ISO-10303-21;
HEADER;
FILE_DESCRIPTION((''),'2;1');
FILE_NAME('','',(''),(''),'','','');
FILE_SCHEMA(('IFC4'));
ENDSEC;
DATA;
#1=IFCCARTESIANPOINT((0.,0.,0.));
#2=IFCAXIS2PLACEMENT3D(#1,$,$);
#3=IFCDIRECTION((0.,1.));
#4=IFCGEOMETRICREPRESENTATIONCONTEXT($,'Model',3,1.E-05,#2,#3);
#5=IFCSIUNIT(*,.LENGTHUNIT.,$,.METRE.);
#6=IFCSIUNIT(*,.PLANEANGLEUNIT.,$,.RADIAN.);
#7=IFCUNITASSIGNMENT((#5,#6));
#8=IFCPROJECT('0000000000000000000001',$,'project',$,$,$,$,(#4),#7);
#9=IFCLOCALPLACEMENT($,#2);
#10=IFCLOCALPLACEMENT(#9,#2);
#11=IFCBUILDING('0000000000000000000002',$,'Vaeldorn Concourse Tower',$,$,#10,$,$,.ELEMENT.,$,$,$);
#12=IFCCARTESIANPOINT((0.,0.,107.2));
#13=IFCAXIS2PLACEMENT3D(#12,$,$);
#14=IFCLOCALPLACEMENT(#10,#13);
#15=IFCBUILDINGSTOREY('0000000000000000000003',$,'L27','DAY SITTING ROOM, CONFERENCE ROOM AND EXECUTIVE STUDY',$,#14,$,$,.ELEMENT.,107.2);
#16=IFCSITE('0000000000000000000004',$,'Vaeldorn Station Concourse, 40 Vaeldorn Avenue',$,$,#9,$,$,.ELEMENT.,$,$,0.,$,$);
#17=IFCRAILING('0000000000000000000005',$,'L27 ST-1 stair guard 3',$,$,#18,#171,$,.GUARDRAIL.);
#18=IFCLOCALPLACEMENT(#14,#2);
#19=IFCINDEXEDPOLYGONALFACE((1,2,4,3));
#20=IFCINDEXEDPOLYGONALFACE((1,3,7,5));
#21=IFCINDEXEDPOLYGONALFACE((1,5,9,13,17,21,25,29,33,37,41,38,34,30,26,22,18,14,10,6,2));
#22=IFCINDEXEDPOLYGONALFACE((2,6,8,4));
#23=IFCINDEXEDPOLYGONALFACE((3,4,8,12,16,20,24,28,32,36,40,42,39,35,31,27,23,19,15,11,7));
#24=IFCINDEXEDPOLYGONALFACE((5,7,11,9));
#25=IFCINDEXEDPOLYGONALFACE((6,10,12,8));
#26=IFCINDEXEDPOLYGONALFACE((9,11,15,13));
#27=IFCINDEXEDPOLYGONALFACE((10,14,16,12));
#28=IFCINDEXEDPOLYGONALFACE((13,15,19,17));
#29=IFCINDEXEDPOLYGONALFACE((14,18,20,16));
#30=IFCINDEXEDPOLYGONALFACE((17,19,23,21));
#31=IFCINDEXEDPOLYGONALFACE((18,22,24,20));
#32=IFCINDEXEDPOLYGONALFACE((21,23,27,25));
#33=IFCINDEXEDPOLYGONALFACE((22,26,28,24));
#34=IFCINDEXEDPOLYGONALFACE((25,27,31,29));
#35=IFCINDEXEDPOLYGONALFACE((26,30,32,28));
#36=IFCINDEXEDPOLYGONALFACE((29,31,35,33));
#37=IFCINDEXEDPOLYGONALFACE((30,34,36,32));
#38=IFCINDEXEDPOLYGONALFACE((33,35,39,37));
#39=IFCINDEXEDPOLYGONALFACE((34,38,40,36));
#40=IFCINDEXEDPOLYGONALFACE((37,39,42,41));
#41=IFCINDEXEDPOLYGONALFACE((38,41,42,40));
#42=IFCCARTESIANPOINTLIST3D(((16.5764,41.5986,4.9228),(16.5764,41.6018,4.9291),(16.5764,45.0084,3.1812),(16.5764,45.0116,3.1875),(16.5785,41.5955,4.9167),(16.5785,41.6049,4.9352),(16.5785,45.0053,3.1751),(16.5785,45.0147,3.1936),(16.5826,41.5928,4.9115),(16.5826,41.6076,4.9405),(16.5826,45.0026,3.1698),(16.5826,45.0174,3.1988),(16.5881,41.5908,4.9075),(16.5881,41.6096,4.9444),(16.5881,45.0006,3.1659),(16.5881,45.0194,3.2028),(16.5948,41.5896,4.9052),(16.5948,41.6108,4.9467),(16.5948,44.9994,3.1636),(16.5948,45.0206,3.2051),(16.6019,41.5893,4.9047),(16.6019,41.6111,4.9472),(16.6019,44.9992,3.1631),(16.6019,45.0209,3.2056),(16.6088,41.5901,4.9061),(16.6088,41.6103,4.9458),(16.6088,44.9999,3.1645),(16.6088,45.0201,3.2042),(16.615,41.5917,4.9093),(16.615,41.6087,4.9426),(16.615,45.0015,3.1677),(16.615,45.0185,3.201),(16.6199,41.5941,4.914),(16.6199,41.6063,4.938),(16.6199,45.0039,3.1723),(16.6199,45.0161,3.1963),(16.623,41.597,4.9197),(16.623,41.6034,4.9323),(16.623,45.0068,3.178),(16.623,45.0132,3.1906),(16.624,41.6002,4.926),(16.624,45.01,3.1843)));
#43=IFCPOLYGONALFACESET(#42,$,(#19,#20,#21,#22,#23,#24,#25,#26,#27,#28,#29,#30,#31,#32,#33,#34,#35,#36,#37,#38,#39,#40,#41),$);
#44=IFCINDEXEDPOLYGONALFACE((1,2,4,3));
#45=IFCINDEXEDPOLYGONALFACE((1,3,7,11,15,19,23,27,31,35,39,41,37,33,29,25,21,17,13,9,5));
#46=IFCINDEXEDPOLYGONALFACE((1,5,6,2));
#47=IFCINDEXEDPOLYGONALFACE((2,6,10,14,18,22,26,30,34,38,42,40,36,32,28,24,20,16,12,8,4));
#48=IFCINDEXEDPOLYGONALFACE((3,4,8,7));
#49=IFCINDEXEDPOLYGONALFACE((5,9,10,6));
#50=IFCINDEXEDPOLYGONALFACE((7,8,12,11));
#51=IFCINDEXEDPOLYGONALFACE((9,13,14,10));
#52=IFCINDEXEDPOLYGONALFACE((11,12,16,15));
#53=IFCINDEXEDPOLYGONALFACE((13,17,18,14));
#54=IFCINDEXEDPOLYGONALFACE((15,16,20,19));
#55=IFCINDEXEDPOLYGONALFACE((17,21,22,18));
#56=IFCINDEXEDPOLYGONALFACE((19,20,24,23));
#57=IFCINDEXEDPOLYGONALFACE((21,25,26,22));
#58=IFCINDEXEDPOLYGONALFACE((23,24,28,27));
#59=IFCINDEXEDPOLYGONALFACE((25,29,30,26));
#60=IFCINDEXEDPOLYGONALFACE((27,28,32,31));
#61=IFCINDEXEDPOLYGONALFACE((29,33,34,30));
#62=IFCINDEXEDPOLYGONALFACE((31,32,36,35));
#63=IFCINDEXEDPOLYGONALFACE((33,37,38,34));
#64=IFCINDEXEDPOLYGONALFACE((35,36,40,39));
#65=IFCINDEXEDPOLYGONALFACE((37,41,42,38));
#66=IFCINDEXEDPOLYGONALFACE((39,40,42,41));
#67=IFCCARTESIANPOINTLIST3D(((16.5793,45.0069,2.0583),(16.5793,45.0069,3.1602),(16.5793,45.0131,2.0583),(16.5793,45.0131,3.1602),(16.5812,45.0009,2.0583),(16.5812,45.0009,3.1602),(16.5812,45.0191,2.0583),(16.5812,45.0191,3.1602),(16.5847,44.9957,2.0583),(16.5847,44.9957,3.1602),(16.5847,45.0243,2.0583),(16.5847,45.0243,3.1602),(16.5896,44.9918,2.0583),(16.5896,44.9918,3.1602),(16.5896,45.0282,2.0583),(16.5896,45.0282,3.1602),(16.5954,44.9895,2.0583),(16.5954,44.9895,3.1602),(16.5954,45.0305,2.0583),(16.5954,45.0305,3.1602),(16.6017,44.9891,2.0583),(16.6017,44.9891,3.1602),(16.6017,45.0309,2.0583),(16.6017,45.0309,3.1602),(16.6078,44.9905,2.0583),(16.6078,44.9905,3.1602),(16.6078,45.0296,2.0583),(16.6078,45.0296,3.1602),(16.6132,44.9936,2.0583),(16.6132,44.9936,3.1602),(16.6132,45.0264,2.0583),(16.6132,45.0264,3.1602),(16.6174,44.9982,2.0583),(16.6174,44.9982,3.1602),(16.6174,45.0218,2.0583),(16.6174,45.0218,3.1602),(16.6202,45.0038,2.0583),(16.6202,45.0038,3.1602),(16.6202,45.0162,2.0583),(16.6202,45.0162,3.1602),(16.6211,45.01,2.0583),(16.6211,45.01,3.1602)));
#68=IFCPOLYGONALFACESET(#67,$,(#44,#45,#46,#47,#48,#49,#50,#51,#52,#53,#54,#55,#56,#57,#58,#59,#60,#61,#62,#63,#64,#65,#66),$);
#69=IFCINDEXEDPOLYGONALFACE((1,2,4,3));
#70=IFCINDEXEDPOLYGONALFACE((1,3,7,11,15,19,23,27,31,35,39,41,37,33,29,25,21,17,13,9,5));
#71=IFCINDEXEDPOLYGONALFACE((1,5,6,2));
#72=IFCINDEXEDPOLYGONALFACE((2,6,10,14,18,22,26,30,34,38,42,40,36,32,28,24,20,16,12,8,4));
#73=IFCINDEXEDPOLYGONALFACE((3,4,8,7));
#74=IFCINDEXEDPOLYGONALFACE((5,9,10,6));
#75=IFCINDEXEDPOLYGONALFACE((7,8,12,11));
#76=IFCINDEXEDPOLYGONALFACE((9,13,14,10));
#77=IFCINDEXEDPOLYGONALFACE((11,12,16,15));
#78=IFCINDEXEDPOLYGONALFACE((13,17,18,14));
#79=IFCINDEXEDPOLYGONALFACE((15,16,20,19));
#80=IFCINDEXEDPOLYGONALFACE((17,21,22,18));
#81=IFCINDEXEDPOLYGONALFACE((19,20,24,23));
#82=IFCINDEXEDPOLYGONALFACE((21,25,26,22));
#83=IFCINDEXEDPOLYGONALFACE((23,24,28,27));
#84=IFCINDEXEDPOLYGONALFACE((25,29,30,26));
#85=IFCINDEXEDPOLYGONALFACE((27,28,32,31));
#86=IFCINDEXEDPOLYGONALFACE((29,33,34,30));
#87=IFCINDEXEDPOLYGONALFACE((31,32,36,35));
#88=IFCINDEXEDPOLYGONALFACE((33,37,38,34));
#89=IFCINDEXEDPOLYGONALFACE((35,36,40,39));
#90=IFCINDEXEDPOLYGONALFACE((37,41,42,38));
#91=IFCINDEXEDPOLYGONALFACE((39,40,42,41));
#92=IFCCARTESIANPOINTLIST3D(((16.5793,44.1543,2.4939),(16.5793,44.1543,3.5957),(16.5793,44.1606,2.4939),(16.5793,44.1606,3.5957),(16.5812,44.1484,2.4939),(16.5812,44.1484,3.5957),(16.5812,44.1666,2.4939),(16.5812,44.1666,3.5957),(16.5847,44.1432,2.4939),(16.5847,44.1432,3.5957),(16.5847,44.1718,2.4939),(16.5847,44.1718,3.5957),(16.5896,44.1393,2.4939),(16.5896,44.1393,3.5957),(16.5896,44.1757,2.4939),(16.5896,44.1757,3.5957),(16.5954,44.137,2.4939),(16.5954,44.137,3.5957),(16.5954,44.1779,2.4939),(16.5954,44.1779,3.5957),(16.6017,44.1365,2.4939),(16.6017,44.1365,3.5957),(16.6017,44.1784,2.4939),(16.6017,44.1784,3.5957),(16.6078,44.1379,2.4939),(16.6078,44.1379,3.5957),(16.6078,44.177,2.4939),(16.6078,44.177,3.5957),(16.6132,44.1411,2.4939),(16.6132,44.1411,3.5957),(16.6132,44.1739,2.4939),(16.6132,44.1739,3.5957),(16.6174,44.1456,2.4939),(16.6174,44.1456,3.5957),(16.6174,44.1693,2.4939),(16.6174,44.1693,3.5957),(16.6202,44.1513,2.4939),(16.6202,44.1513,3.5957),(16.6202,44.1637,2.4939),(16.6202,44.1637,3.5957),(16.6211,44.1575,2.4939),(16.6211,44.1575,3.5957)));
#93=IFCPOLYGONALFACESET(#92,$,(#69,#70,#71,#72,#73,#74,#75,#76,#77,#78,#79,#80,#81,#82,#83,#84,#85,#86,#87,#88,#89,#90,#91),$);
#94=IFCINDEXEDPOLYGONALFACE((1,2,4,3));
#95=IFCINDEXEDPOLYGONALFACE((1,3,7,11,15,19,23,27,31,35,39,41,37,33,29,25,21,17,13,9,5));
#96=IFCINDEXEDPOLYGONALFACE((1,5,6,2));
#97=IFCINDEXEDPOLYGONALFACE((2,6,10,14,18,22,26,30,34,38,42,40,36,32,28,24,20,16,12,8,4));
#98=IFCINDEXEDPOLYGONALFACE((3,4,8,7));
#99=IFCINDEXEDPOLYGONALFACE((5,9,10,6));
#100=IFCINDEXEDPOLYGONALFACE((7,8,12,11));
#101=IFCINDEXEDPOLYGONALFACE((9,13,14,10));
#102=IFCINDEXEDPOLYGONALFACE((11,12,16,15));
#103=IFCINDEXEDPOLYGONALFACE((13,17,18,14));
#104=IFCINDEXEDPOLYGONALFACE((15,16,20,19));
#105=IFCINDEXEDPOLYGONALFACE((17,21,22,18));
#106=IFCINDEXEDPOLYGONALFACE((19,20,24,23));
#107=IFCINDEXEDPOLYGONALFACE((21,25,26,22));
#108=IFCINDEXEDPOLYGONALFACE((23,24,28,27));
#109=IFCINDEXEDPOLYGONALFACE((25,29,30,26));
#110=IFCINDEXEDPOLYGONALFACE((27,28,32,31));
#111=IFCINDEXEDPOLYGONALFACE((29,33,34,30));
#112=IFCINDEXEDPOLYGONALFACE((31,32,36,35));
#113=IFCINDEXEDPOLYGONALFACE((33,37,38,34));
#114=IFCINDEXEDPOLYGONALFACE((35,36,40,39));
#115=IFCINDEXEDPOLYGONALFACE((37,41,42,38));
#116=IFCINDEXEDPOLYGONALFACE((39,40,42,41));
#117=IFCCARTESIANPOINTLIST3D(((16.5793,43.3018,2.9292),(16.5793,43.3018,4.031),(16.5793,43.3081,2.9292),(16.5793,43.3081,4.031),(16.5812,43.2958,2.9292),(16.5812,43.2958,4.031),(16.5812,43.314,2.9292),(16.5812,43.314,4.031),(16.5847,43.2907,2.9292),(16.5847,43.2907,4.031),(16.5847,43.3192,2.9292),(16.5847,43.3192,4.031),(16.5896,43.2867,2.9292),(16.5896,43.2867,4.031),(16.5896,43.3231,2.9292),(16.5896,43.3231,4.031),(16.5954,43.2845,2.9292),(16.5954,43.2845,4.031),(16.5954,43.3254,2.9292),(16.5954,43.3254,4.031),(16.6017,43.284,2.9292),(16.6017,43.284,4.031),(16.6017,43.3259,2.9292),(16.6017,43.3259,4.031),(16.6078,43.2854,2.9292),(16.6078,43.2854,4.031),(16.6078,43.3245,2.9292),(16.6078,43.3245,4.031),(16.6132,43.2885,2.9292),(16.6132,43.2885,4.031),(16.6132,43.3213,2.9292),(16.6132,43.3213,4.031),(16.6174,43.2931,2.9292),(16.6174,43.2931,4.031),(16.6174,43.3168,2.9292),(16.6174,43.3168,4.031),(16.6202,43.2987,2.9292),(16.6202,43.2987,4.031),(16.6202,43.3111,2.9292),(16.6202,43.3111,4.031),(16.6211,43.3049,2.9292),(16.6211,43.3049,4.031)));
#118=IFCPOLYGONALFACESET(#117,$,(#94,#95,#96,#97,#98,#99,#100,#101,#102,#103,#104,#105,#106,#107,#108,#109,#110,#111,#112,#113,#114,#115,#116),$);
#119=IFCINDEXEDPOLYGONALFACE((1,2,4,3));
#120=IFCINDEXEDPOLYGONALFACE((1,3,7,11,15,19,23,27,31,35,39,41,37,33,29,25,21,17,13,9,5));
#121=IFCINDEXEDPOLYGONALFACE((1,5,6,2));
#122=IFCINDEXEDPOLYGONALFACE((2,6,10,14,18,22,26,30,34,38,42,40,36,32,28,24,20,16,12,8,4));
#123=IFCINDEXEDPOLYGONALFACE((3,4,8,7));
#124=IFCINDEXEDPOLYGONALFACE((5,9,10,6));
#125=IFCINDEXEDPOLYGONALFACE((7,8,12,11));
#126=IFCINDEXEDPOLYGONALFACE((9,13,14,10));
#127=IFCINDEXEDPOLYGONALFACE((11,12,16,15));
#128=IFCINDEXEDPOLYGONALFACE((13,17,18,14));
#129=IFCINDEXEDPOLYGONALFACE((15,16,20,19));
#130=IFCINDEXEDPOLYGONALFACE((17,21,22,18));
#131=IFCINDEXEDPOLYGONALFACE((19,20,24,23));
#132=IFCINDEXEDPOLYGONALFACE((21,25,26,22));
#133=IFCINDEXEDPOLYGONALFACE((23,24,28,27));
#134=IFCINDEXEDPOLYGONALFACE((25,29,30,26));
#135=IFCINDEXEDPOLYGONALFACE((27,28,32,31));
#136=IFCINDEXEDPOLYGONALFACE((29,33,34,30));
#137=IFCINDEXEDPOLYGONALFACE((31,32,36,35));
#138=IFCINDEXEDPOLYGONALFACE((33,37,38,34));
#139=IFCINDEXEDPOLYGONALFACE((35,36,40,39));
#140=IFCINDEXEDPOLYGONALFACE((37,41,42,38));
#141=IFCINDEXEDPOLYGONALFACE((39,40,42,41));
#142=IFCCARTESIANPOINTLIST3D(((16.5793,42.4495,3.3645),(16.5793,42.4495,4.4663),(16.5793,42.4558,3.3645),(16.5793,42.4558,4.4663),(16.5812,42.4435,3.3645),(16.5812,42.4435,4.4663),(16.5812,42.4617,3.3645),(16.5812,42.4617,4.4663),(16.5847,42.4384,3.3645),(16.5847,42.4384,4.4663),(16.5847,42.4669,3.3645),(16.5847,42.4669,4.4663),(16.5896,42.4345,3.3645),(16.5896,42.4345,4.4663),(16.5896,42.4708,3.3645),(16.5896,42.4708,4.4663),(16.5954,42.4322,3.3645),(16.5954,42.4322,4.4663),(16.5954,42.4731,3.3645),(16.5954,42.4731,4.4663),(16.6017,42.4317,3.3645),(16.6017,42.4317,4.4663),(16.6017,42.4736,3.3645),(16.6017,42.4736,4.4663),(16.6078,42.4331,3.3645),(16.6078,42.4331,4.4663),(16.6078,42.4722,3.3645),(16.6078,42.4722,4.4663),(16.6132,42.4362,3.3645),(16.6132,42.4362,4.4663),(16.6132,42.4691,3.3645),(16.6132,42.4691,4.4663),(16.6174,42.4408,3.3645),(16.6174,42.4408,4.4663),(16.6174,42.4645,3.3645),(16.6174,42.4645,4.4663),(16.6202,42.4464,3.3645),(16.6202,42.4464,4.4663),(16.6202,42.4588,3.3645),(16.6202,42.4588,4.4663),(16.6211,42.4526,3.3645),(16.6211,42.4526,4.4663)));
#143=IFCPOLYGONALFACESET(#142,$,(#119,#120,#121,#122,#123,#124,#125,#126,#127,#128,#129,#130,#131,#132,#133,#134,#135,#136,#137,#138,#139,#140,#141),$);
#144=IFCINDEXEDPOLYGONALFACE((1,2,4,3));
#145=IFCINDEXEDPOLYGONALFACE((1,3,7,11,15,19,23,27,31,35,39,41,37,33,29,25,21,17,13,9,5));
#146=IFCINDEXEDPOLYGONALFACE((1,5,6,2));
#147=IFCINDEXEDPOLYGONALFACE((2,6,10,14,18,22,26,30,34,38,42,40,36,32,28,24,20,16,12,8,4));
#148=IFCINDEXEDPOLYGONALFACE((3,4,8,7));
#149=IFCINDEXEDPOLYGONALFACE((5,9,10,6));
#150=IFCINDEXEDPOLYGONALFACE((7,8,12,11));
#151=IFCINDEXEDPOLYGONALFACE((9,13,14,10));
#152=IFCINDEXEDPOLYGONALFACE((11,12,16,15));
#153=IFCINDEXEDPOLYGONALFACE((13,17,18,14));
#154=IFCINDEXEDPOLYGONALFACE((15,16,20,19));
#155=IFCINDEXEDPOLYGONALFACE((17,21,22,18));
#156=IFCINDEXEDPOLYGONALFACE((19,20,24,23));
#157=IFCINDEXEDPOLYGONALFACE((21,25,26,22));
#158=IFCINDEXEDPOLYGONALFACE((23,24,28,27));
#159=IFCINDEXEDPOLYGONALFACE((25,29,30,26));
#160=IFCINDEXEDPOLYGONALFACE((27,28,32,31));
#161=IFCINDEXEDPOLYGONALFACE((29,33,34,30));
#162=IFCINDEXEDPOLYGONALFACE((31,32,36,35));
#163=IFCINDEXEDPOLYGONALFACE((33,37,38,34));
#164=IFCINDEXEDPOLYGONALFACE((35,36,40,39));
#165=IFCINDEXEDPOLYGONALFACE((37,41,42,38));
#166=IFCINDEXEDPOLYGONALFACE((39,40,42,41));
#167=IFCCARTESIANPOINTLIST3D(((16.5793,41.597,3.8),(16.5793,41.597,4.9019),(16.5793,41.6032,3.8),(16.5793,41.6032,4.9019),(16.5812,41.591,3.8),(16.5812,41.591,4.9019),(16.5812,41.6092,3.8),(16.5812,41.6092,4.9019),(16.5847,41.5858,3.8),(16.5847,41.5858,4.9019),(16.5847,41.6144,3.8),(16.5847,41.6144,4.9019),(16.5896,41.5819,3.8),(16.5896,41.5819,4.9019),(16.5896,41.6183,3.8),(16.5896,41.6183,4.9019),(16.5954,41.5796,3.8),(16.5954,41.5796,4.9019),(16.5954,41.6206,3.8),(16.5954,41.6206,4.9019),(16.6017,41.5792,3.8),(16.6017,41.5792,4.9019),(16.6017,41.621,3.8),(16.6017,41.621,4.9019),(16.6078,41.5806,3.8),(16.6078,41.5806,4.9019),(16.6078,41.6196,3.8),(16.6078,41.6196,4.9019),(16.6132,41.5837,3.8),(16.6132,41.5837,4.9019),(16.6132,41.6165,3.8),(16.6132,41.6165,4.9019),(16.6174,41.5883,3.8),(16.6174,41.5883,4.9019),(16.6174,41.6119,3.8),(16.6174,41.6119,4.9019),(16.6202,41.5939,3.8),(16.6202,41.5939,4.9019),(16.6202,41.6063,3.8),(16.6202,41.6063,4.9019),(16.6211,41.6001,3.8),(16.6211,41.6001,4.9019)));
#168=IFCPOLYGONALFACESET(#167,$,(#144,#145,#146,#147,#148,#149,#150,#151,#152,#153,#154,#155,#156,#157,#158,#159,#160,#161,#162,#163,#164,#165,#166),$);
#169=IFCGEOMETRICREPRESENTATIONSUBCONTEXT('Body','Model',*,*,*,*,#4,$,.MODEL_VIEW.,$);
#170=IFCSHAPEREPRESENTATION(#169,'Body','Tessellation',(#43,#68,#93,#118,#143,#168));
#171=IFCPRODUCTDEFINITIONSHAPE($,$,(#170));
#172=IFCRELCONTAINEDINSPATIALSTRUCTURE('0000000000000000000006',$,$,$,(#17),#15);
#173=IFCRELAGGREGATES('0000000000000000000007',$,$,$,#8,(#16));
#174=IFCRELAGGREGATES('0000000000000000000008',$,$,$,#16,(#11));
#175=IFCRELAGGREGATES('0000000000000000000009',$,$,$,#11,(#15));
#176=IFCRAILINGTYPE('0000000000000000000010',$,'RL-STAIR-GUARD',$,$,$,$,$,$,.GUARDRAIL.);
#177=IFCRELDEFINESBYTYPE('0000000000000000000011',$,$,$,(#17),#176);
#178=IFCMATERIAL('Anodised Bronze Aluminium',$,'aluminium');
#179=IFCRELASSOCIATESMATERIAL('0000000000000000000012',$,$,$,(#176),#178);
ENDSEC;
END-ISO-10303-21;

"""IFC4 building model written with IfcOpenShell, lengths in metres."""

from ifc_helpers import new_model, si_unit, direction, frame, origin, origin_2d, place, context, subcontext, project, spatial, circle, extrude, material, type_object, element, save


model = new_model("IFC4")

# Units and contexts
model_context = context("Model", 3, precision=1e-05, world=origin(), true_north=direction((0.0, 1.0)))
body_context = subcontext(model_context, "Body", "Model", "MODEL_VIEW")
ifc_project = project(units=[si_unit("LENGTHUNIT", "METRE"), si_unit("PLANEANGLEUNIT", "RADIAN")], contexts=[model_context])

# Site, building, storey
site_placement = place(None, origin())
site = spatial("IfcSite", under=ifc_project, at=site_placement, Name="Vaeldorn Station Concourse, 40 Vaeldorn Avenue", CompositionType="ELEMENT", RefElevation=0.0)
building_placement = place(site_placement, origin())
building = spatial("IfcBuilding", under=site, at=building_placement, Name="Vaeldorn Concourse Tower", CompositionType="ELEMENT")
storey_placement = place(building_placement, frame((0.0, 0.0, 107.2)))
storey = spatial("IfcBuildingStorey", under=building, at=storey_placement, Name="L27", Description="DAY SITTING ROOM, CONFERENCE ROOM AND EXECUTIVE STUDY", CompositionType="ELEMENT", Elevation=107.2)

# Shared definitions
ifc_material_1 = material(Name="Anodised Bronze Aluminium", Category="aluminium")

# Railing
railing_type_1 = type_object("IfcRailingType", Name="RL-STAIR-GUARD", PredefinedType="GUARDRAIL", material=ifc_material_1)
railing_1_placement = place(storey_placement, frame((16.6001, 45.01, 2.0583)))
element("IfcRailing", 1, at=railing_1_placement, inside=storey, type_object=railing_type_1, Name="L27 ST-1 stair guard 3", PredefinedType="GUARDRAIL", context=body_context, shape_type="SweptSolid", body=[
    extrude(circle(Radius=0.0239, at=origin_2d()), frame((0.0, 0.0, 1.126), z_axis=(0.0, -0.890556, 0.454874), x_axis=(1.0, 0.0, 0.0)), (0.0, 0.0, 1.0), 3.8289),
    extrude(circle(Radius=0.021, at=origin_2d()), origin(), (0.0, 0.0, 1.0), 1.1018),
    extrude(circle(Radius=0.021, at=origin_2d()), frame((0.0, -0.8525, 0.4355)), (0.0, 0.0, 1.0), 1.1018),
    extrude(circle(Radius=0.021, at=origin_2d()), frame((0.0, -1.7051, 0.8708)), (0.0, 0.0, 1.0), 1.1018),
    extrude(circle(Radius=0.021, at=origin_2d()), frame((0.0, -2.5574, 1.3062)), (0.0, 0.0, 1.0), 1.1018),
    extrude(circle(Radius=0.021, at=origin_2d()), frame((0.0, -3.4099, 1.7417)), (0.0, 0.0, 1.0), 1.1018),
])

save(model, "model.ifc")
